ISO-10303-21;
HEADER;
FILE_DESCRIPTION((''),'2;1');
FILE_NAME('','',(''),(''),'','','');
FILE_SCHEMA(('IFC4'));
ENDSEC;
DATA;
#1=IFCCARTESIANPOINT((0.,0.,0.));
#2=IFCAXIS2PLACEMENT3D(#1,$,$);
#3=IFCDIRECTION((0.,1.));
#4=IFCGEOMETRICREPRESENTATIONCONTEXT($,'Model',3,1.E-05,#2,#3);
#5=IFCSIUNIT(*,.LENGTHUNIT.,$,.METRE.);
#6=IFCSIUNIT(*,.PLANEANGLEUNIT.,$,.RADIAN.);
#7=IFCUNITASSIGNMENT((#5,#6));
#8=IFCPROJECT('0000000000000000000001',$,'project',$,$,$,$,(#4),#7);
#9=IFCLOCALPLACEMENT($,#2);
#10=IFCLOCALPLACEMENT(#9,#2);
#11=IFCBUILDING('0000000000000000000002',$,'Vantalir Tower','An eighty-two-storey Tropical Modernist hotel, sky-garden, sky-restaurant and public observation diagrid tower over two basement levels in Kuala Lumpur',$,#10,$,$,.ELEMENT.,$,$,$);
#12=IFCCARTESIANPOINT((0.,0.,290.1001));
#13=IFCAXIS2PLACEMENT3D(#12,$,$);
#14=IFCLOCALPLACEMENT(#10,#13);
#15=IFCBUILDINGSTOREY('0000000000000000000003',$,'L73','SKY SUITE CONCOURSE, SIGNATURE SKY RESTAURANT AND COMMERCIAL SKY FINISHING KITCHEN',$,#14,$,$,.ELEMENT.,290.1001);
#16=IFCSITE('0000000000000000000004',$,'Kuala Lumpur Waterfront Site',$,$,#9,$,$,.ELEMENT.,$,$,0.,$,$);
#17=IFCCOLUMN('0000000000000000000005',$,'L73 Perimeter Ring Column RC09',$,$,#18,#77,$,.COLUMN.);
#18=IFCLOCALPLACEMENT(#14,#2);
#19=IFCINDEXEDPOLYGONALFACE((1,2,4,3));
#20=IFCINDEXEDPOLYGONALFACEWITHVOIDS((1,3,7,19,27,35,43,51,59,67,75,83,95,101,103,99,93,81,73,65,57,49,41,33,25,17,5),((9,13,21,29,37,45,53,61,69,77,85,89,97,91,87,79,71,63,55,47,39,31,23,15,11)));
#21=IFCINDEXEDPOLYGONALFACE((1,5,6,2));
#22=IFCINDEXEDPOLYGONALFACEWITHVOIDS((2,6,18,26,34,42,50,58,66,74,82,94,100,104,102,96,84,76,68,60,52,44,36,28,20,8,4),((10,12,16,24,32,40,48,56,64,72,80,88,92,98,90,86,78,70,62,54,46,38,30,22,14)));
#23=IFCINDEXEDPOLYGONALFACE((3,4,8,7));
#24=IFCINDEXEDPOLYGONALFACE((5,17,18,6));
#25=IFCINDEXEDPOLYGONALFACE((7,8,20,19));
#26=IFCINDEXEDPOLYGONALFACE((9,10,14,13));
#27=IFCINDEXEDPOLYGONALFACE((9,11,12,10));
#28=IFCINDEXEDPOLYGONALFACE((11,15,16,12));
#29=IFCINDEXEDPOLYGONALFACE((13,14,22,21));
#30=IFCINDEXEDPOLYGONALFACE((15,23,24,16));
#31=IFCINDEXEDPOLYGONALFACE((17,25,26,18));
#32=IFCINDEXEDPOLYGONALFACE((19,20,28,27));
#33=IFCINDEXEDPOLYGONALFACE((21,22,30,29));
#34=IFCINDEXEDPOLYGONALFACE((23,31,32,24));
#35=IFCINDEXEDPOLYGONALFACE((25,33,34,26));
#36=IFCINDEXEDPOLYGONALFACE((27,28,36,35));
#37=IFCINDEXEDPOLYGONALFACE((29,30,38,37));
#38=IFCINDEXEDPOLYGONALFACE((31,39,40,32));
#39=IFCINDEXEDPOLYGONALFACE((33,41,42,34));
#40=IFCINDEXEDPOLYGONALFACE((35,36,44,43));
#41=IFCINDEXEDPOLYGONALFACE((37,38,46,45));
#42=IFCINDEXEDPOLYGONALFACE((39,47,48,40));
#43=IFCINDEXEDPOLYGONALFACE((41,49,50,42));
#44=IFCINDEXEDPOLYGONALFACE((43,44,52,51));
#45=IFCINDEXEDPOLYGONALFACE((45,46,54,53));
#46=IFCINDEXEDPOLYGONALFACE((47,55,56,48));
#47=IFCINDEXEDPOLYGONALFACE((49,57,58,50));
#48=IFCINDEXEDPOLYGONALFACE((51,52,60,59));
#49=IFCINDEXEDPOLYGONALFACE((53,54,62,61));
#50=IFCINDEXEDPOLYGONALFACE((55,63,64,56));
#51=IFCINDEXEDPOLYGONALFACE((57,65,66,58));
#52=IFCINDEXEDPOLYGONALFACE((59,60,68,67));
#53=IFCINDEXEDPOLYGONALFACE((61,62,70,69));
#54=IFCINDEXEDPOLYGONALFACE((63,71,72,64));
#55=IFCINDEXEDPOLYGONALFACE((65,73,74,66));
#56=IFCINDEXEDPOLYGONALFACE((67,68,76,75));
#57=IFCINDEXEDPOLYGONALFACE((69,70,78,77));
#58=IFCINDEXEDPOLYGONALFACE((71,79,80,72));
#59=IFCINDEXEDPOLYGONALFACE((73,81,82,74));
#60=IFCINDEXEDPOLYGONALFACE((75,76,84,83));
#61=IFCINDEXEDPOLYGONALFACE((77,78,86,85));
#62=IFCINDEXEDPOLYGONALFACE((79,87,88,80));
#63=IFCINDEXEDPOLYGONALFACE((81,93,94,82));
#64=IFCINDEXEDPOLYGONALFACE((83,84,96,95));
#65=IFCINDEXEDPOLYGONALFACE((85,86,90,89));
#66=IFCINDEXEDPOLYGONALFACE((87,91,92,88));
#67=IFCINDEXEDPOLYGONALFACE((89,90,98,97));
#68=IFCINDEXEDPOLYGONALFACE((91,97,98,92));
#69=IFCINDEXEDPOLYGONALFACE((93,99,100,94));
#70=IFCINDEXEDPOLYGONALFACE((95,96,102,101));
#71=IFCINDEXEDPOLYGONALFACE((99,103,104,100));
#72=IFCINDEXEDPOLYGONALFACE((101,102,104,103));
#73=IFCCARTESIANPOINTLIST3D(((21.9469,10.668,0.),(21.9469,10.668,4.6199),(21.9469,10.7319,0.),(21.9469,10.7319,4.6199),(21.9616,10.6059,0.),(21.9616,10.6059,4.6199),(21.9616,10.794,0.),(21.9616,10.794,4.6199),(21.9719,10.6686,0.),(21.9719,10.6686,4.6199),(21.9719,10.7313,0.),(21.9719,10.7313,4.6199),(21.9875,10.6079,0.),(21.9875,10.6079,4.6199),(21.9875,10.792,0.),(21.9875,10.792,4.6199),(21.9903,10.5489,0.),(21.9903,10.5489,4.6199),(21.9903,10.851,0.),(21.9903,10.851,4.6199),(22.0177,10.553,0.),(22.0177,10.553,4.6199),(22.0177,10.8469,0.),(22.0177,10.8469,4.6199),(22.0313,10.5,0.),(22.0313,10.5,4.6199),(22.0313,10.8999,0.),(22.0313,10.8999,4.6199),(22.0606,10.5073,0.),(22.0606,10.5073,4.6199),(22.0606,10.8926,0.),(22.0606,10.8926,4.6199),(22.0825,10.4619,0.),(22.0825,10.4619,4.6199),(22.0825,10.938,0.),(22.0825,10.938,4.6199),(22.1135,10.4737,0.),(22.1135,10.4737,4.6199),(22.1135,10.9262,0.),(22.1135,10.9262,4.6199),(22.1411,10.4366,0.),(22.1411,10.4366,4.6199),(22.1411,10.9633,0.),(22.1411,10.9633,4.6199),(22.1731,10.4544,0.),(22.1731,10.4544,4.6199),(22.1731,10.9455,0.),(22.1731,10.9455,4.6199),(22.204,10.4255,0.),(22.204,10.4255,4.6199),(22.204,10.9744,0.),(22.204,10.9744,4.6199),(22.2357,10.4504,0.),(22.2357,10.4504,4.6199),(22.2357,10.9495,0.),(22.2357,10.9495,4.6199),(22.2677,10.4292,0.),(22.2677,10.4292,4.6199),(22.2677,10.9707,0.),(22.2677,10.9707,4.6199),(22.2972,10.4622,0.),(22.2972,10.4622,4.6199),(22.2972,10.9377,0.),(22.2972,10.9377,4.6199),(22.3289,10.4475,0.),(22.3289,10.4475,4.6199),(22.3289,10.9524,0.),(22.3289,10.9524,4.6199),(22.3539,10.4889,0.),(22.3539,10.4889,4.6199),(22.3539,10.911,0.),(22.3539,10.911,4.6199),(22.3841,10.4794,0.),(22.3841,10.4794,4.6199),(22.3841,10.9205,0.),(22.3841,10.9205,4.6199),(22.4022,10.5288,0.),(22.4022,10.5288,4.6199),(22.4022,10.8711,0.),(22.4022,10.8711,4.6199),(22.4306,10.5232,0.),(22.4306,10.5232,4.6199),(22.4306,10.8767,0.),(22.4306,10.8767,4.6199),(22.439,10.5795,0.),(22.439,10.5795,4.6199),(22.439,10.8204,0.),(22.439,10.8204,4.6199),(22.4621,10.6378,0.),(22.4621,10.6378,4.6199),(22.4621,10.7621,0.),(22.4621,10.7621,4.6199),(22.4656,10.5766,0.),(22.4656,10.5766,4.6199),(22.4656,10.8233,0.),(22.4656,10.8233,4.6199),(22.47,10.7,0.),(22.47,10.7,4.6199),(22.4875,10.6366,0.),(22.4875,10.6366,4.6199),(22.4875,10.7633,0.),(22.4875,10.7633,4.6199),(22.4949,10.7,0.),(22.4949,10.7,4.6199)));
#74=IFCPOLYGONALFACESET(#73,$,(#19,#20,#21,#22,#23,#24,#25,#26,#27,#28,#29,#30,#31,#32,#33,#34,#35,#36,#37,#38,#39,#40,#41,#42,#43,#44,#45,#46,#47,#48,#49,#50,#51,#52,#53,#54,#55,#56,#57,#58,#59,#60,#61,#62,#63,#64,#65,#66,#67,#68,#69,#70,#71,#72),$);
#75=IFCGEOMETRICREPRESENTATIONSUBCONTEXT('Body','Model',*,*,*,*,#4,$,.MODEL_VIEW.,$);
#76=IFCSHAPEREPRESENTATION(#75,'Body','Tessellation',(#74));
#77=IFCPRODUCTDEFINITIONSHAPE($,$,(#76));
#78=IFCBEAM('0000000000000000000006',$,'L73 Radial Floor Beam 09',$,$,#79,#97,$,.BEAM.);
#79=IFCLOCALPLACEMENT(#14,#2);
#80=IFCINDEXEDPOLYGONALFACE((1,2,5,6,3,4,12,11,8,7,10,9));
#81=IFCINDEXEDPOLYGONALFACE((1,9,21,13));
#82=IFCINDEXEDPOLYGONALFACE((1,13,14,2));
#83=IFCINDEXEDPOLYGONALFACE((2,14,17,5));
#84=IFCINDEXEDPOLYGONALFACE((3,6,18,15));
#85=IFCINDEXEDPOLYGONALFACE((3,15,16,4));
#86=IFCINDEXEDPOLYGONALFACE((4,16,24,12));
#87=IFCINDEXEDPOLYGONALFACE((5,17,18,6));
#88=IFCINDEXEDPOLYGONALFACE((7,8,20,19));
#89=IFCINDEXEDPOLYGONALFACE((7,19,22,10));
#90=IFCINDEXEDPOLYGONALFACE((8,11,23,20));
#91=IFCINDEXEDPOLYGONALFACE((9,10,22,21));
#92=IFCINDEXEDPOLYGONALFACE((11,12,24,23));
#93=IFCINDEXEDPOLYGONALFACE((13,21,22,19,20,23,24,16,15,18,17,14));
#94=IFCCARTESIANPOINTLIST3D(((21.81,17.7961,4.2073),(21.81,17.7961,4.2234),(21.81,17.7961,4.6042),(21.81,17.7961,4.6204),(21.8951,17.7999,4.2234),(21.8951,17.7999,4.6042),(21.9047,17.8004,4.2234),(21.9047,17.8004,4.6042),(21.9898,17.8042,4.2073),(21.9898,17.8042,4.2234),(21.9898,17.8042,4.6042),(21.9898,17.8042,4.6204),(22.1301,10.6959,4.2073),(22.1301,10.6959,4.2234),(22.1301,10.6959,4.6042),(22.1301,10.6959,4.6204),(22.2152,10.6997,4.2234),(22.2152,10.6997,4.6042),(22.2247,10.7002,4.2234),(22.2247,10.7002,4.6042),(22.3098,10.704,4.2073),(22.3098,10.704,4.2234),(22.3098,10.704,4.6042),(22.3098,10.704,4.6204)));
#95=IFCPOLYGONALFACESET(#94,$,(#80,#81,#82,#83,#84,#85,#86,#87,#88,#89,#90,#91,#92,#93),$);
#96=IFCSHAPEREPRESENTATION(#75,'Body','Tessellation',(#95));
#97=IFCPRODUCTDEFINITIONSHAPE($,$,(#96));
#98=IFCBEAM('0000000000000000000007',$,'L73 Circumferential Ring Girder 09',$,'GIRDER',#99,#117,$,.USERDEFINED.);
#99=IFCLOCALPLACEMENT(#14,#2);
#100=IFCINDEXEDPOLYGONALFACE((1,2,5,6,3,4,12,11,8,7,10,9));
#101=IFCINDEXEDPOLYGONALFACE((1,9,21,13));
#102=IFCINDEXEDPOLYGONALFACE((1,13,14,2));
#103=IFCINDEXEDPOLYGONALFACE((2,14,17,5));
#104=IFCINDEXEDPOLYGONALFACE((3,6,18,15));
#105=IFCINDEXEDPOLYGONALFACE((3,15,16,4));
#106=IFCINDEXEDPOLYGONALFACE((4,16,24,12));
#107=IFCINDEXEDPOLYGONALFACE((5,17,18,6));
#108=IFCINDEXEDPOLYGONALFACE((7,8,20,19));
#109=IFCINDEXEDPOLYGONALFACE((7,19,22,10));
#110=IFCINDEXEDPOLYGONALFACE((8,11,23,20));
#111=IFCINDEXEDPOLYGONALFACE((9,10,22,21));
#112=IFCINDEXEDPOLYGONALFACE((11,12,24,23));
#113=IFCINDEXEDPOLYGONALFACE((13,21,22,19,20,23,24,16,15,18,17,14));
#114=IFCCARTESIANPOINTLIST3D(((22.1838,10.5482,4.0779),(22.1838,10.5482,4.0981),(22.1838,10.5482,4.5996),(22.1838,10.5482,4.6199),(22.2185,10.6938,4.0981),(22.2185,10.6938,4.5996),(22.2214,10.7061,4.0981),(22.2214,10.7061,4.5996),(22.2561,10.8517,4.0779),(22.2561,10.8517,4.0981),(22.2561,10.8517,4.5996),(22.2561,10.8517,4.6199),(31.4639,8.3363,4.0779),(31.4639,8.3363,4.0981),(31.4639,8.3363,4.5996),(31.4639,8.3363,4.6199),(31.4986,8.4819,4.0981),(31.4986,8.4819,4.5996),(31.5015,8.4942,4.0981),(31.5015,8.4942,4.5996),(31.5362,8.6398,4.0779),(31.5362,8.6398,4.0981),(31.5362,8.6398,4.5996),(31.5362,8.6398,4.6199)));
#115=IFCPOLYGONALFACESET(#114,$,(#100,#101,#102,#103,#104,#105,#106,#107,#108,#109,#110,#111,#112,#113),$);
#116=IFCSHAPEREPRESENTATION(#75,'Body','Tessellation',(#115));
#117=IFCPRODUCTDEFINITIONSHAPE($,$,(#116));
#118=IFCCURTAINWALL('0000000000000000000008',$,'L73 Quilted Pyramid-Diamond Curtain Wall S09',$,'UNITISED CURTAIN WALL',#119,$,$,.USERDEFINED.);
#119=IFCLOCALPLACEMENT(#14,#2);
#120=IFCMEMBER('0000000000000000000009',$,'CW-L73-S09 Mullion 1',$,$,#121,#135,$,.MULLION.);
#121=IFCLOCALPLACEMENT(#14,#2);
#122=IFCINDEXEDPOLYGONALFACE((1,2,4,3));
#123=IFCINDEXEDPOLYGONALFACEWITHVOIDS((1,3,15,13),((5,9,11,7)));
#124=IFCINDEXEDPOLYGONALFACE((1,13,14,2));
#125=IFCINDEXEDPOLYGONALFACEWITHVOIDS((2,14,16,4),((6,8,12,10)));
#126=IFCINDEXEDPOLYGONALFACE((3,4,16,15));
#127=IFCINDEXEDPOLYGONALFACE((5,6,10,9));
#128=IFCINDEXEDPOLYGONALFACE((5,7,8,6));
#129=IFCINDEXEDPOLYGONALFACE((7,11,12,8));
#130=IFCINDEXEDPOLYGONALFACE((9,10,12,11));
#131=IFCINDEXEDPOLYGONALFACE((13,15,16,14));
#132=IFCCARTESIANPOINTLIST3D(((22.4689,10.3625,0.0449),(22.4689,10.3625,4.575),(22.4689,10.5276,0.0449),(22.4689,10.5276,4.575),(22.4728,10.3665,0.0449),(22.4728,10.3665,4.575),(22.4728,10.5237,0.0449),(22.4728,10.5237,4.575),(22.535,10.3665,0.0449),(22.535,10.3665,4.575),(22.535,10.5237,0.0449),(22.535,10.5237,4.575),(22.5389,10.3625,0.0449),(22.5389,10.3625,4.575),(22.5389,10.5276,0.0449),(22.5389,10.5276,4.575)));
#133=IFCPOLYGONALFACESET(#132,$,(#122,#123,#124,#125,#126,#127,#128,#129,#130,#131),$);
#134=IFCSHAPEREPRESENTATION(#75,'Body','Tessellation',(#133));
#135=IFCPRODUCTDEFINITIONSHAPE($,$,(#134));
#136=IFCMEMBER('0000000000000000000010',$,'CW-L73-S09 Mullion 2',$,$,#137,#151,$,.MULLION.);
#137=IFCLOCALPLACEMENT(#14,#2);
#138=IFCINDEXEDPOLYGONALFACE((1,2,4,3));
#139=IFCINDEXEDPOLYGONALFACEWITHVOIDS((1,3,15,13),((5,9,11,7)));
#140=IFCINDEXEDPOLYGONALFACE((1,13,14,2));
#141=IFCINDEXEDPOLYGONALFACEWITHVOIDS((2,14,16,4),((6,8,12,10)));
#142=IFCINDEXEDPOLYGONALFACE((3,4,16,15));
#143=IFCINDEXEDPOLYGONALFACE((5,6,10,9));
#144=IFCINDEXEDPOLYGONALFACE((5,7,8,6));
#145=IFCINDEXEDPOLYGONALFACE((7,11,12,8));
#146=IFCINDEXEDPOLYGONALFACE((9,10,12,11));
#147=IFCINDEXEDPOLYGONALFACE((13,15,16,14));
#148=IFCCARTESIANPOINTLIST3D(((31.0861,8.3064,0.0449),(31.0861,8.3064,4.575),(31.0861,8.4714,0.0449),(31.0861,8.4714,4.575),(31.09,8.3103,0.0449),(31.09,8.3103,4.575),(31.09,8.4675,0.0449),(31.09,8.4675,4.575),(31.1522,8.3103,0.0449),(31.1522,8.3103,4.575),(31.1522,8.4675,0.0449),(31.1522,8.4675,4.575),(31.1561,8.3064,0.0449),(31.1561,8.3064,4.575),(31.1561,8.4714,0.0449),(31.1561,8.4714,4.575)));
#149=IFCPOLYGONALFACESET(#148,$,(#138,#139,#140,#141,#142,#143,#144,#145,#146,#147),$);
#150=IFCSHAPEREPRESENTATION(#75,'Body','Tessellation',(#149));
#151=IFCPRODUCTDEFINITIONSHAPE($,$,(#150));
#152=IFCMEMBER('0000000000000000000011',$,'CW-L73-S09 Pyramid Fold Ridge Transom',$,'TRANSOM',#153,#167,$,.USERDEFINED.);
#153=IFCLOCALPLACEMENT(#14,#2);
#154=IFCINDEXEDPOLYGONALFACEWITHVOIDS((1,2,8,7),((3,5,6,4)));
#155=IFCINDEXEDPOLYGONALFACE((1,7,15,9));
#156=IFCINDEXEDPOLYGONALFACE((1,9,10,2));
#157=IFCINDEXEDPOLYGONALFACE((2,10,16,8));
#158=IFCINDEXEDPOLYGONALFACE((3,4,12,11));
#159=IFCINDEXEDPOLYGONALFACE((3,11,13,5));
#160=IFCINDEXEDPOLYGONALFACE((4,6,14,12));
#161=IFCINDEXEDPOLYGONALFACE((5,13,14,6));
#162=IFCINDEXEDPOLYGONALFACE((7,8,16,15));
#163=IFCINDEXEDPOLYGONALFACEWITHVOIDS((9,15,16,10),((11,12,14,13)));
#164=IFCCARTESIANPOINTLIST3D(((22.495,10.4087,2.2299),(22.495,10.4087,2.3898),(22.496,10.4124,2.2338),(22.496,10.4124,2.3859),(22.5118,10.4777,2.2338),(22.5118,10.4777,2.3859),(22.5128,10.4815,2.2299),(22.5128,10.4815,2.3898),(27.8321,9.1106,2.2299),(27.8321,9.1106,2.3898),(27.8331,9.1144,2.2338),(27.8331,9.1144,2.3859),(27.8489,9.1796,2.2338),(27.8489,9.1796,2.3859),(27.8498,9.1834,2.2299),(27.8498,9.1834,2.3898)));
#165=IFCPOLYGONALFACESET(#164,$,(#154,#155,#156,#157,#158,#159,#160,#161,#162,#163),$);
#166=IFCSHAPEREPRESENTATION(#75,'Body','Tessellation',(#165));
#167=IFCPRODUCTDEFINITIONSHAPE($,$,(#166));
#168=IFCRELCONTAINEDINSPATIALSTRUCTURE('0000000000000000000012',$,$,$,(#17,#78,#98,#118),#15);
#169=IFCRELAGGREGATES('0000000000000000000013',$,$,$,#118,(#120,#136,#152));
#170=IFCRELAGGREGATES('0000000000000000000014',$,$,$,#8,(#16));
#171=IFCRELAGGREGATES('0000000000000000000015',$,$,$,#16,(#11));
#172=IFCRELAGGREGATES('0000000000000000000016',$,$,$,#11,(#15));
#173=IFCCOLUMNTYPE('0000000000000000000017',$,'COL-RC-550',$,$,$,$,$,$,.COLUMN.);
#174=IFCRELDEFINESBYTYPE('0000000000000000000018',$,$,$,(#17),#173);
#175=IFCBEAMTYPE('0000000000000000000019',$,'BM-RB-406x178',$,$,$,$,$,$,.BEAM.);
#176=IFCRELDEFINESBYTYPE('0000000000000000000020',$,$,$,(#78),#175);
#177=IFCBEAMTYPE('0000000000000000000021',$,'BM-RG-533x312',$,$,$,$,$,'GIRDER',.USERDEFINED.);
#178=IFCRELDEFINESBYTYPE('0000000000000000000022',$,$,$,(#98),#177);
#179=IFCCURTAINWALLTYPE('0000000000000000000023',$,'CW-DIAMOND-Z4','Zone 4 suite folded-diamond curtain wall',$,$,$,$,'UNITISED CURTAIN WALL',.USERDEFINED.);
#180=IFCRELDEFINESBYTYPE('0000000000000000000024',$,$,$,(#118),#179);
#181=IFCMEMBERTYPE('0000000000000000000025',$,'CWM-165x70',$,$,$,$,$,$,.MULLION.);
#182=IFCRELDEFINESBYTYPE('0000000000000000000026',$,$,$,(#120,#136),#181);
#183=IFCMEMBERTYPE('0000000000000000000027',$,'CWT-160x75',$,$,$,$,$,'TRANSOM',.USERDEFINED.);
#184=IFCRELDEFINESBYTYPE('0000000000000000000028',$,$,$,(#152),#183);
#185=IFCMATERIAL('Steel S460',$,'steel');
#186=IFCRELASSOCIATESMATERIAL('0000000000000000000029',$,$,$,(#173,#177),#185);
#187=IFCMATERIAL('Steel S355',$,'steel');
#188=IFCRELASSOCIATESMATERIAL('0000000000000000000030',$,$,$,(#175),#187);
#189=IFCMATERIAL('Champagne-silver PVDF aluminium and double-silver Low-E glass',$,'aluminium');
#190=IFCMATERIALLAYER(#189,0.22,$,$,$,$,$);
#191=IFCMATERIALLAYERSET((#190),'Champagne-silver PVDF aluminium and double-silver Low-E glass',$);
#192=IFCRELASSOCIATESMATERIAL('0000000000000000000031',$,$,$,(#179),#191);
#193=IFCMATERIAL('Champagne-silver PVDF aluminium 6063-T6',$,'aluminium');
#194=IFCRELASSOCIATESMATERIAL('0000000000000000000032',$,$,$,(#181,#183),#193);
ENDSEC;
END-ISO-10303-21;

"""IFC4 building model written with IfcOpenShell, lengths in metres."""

from ifc_helpers import new_model, si_unit, direction, frame, origin, origin_2d, place, context, subcontext, project, spatial, hollow_rectangle, hollow_circle, i_section, extrude, material, layer, layer_set, material_profile, profile_set, type_object, element, aggregate, save


model = new_model("IFC4")

# Units and contexts
model_context = context("Model", 3, precision=1e-05, world=origin(), true_north=direction((0.0, 1.0)))
body_context = subcontext(model_context, "Body", "Model", "MODEL_VIEW")
ifc_project = project(units=[si_unit("LENGTHUNIT", "METRE"), si_unit("PLANEANGLEUNIT", "RADIAN")], contexts=[model_context])

# Site, building, storey
site_placement = place(None, origin())
site = spatial("IfcSite", under=ifc_project, at=site_placement, Name="Kuala Lumpur Waterfront Site", CompositionType="ELEMENT", RefElevation=0.0)
building_placement = place(site_placement, origin())
building = spatial("IfcBuilding", under=site, at=building_placement, Name="Vantalir Tower", Description="An eighty-two-storey Tropical Modernist hotel, sky-garden, sky-restaurant and public observation diagrid tower over two basement levels in Kuala Lumpur", CompositionType="ELEMENT")
storey_placement = place(building_placement, frame((0.0, 0.0, 290.1001)))
storey = spatial("IfcBuildingStorey", under=building, at=storey_placement, Name="L73", Description="SKY SUITE CONCOURSE, SIGNATURE SKY RESTAURANT AND COMMERCIAL SKY FINISHING KITCHEN", CompositionType="ELEMENT", Elevation=290.1001)

# Column
ifc_material_1 = material(Name="Steel S460", Category="steel")
ifc_material_profile_1 = material_profile(ifc_material_1, hollow_circle(Radius=0.2749, WallThickness=0.0249, at=origin_2d()), Name="Steel S460")
ifc_profile_set_1 = profile_set([ifc_material_profile_1], Name="Steel S460")
column_type = type_object("IfcColumnType", Name="COL-RC-550", PredefinedType="COLUMN", material=ifc_profile_set_1)
column_placement = place(storey_placement, frame((22.22, 10.7, 0.0), z_axis=(0.0, 0.0, 1.0), x_axis=(1.0, 0.0, 0.0)))
element("IfcColumn", 1, at=column_placement, inside=storey, type_object=column_type, Name="L73 Perimeter Ring Column RC09", PredefinedType="COLUMN", context=body_context, shape_type="SweptSolid", body=[
    extrude(hollow_circle(Radius=0.2749, WallThickness=0.0249, at=origin_2d()), origin(), (0.0, 0.0, 1.0), 4.6199),
])

# Beams
ifc_material_2 = material(Name="Steel S355", Category="steel")
ifc_material_profile_2 = material_profile(ifc_material_2, i_section(OverallWidth=0.1799, OverallDepth=0.4131, WebThickness=0.0095, FlangeThickness=0.0161, at=origin_2d()), Name="Steel S355")
ifc_profile_set_2 = profile_set([ifc_material_profile_2], Name="Steel S355")
beam_type_1 = type_object("IfcBeamType", Name="BM-RB-406x178", PredefinedType="BEAM", material=ifc_profile_set_2)
beam_1_placement = place(storey_placement, frame((22.22, 10.7, 4.4138), z_axis=(-0.045034, 0.998985, 0.0), x_axis=(-0.998985, -0.045034, 0.0)))
element("IfcBeam", 2, at=beam_1_placement, inside=storey, type_object=beam_type_1, Name="L73 Radial Floor Beam 09", PredefinedType="BEAM", context=body_context, shape_type="SweptSolid", body=[
    extrude(i_section(OverallWidth=0.1799, OverallDepth=0.4131, WebThickness=0.0095, FlangeThickness=0.0161, at=origin_2d()), origin(), (0.0, 0.0, 1.0), 7.1074),
])
ifc_material_profile_3 = material_profile(ifc_material_1, i_section(OverallWidth=0.312, OverallDepth=0.542, WebThickness=0.0127, FlangeThickness=0.0203, at=origin_2d()), Name="Steel S460")
ifc_profile_set_3 = profile_set([ifc_material_profile_3], Name="Steel S460")
beam_type_2 = type_object("IfcBeamType", Name="BM-RG-533x312", ElementType="GIRDER", PredefinedType="USERDEFINED", material=ifc_profile_set_3)
beam_2_placement = place(storey_placement, frame((22.22, 10.7, 4.3489), z_axis=(0.97275, -0.231857, 0.0), x_axis=(0.231857, 0.97275, 0.0)))
element("IfcBeam", 3, at=beam_2_placement, inside=storey, type_object=beam_type_2, Name="L73 Circumferential Ring Girder 09", ObjectType="GIRDER", PredefinedType="USERDEFINED", context=body_context, shape_type="SweptSolid", body=[
    extrude(i_section(OverallWidth=0.312, OverallDepth=0.542, WebThickness=0.0127, FlangeThickness=0.0203, at=origin_2d()), origin(), (0.0, 0.0, 1.0), 9.54),
])

# Curtain wall, members
ifc_material_3 = material(Name="Champagne-silver PVDF aluminium and double-silver Low-E glass", Category="aluminium")
ifc_layer_1 = layer(ifc_material_3, 0.22)
ifc_layer_set_1 = layer_set([ifc_layer_1], Name="Champagne-silver PVDF aluminium and double-silver Low-E glass")
curtain_wall_type = type_object("IfcCurtainWallType", Name="CW-DIAMOND-Z4", Description="Zone 4 suite folded-diamond curtain wall", ElementType="UNITISED CURTAIN WALL", PredefinedType="USERDEFINED", material=ifc_layer_set_1)
curtain_wall_placement = place(storey_placement, origin())
curtain_wall = element("IfcCurtainWall", 4, at=curtain_wall_placement, inside=storey, type_object=curtain_wall_type, Name="L73 Quilted Pyramid-Diamond Curtain Wall S09", ObjectType="UNITISED CURTAIN WALL", PredefinedType="USERDEFINED")
ifc_material_4 = material(Name="Champagne-silver PVDF aluminium 6063-T6", Category="aluminium")
ifc_material_profile_4 = material_profile(ifc_material_4, hollow_rectangle(XDim=0.0701, YDim=0.165, WallThickness=0.0039, at=origin_2d()), Name="Champagne-silver PVDF aluminium 6063-T6")
ifc_profile_set_4 = profile_set([ifc_material_profile_4], Name="Champagne-silver PVDF aluminium 6063-T6")
member_type_1 = type_object("IfcMemberType", Name="CWM-165x70", PredefinedType="MULLION", material=ifc_profile_set_4)
member_1_placement = place(storey_placement, frame((22.5039, 10.4451, 0.0449), z_axis=(0.0, 0.0, 1.0), x_axis=(1.0, 0.0, 0.0)))
member_1 = element("IfcMember", 5, at=member_1_placement, type_object=member_type_1, Name="CW-L73-S09 Mullion 1", PredefinedType="MULLION", context=body_context, shape_type="SweptSolid", body=[
    extrude(hollow_rectangle(XDim=0.0701, YDim=0.165, WallThickness=0.0039, at=origin_2d()), origin(), (0.0, 0.0, 1.0), 4.53),
])
member_2_placement = place(storey_placement, frame((31.1211, 8.3889, 0.0449), z_axis=(0.0, 0.0, 1.0), x_axis=(1.0, 0.0, 0.0)))
member_2 = element("IfcMember", 6, at=member_2_placement, type_object=member_type_1, Name="CW-L73-S09 Mullion 2", PredefinedType="MULLION", context=body_context, shape_type="SweptSolid", body=[
    extrude(hollow_rectangle(XDim=0.0701, YDim=0.165, WallThickness=0.0039, at=origin_2d()), origin(), (0.0, 0.0, 1.0), 4.53),
])
ifc_material_profile_5 = material_profile(ifc_material_4, hollow_rectangle(XDim=0.075, YDim=0.1599, WallThickness=0.0039, at=origin_2d()), Name="Champagne-silver PVDF aluminium 6063-T6")
ifc_profile_set_5 = profile_set([ifc_material_profile_5], Name="Champagne-silver PVDF aluminium 6063-T6")
member_type_2 = type_object("IfcMemberType", Name="CWT-160x75", ElementType="TRANSOM", PredefinedType="USERDEFINED", material=ifc_profile_set_5)
member_3_placement = place(storey_placement, frame((22.5039, 10.4451, 2.3098), z_axis=(0.971673, -0.236329, 0.0), x_axis=(0.236329, 0.971673, 0.0)))
member_3 = element("IfcMember", 7, at=member_3_placement, type_object=member_type_2, Name="CW-L73-S09 Pyramid Fold Ridge Transom", ObjectType="TRANSOM", PredefinedType="USERDEFINED", context=body_context, shape_type="SweptSolid", body=[
    extrude(hollow_rectangle(XDim=0.075, YDim=0.1599, WallThickness=0.0039, at=origin_2d()), origin(), (0.0, 0.0, 1.0), 5.4927),
])

aggregate(curtain_wall, [member_1, member_2, member_3])

save(model, "model.ifc")
